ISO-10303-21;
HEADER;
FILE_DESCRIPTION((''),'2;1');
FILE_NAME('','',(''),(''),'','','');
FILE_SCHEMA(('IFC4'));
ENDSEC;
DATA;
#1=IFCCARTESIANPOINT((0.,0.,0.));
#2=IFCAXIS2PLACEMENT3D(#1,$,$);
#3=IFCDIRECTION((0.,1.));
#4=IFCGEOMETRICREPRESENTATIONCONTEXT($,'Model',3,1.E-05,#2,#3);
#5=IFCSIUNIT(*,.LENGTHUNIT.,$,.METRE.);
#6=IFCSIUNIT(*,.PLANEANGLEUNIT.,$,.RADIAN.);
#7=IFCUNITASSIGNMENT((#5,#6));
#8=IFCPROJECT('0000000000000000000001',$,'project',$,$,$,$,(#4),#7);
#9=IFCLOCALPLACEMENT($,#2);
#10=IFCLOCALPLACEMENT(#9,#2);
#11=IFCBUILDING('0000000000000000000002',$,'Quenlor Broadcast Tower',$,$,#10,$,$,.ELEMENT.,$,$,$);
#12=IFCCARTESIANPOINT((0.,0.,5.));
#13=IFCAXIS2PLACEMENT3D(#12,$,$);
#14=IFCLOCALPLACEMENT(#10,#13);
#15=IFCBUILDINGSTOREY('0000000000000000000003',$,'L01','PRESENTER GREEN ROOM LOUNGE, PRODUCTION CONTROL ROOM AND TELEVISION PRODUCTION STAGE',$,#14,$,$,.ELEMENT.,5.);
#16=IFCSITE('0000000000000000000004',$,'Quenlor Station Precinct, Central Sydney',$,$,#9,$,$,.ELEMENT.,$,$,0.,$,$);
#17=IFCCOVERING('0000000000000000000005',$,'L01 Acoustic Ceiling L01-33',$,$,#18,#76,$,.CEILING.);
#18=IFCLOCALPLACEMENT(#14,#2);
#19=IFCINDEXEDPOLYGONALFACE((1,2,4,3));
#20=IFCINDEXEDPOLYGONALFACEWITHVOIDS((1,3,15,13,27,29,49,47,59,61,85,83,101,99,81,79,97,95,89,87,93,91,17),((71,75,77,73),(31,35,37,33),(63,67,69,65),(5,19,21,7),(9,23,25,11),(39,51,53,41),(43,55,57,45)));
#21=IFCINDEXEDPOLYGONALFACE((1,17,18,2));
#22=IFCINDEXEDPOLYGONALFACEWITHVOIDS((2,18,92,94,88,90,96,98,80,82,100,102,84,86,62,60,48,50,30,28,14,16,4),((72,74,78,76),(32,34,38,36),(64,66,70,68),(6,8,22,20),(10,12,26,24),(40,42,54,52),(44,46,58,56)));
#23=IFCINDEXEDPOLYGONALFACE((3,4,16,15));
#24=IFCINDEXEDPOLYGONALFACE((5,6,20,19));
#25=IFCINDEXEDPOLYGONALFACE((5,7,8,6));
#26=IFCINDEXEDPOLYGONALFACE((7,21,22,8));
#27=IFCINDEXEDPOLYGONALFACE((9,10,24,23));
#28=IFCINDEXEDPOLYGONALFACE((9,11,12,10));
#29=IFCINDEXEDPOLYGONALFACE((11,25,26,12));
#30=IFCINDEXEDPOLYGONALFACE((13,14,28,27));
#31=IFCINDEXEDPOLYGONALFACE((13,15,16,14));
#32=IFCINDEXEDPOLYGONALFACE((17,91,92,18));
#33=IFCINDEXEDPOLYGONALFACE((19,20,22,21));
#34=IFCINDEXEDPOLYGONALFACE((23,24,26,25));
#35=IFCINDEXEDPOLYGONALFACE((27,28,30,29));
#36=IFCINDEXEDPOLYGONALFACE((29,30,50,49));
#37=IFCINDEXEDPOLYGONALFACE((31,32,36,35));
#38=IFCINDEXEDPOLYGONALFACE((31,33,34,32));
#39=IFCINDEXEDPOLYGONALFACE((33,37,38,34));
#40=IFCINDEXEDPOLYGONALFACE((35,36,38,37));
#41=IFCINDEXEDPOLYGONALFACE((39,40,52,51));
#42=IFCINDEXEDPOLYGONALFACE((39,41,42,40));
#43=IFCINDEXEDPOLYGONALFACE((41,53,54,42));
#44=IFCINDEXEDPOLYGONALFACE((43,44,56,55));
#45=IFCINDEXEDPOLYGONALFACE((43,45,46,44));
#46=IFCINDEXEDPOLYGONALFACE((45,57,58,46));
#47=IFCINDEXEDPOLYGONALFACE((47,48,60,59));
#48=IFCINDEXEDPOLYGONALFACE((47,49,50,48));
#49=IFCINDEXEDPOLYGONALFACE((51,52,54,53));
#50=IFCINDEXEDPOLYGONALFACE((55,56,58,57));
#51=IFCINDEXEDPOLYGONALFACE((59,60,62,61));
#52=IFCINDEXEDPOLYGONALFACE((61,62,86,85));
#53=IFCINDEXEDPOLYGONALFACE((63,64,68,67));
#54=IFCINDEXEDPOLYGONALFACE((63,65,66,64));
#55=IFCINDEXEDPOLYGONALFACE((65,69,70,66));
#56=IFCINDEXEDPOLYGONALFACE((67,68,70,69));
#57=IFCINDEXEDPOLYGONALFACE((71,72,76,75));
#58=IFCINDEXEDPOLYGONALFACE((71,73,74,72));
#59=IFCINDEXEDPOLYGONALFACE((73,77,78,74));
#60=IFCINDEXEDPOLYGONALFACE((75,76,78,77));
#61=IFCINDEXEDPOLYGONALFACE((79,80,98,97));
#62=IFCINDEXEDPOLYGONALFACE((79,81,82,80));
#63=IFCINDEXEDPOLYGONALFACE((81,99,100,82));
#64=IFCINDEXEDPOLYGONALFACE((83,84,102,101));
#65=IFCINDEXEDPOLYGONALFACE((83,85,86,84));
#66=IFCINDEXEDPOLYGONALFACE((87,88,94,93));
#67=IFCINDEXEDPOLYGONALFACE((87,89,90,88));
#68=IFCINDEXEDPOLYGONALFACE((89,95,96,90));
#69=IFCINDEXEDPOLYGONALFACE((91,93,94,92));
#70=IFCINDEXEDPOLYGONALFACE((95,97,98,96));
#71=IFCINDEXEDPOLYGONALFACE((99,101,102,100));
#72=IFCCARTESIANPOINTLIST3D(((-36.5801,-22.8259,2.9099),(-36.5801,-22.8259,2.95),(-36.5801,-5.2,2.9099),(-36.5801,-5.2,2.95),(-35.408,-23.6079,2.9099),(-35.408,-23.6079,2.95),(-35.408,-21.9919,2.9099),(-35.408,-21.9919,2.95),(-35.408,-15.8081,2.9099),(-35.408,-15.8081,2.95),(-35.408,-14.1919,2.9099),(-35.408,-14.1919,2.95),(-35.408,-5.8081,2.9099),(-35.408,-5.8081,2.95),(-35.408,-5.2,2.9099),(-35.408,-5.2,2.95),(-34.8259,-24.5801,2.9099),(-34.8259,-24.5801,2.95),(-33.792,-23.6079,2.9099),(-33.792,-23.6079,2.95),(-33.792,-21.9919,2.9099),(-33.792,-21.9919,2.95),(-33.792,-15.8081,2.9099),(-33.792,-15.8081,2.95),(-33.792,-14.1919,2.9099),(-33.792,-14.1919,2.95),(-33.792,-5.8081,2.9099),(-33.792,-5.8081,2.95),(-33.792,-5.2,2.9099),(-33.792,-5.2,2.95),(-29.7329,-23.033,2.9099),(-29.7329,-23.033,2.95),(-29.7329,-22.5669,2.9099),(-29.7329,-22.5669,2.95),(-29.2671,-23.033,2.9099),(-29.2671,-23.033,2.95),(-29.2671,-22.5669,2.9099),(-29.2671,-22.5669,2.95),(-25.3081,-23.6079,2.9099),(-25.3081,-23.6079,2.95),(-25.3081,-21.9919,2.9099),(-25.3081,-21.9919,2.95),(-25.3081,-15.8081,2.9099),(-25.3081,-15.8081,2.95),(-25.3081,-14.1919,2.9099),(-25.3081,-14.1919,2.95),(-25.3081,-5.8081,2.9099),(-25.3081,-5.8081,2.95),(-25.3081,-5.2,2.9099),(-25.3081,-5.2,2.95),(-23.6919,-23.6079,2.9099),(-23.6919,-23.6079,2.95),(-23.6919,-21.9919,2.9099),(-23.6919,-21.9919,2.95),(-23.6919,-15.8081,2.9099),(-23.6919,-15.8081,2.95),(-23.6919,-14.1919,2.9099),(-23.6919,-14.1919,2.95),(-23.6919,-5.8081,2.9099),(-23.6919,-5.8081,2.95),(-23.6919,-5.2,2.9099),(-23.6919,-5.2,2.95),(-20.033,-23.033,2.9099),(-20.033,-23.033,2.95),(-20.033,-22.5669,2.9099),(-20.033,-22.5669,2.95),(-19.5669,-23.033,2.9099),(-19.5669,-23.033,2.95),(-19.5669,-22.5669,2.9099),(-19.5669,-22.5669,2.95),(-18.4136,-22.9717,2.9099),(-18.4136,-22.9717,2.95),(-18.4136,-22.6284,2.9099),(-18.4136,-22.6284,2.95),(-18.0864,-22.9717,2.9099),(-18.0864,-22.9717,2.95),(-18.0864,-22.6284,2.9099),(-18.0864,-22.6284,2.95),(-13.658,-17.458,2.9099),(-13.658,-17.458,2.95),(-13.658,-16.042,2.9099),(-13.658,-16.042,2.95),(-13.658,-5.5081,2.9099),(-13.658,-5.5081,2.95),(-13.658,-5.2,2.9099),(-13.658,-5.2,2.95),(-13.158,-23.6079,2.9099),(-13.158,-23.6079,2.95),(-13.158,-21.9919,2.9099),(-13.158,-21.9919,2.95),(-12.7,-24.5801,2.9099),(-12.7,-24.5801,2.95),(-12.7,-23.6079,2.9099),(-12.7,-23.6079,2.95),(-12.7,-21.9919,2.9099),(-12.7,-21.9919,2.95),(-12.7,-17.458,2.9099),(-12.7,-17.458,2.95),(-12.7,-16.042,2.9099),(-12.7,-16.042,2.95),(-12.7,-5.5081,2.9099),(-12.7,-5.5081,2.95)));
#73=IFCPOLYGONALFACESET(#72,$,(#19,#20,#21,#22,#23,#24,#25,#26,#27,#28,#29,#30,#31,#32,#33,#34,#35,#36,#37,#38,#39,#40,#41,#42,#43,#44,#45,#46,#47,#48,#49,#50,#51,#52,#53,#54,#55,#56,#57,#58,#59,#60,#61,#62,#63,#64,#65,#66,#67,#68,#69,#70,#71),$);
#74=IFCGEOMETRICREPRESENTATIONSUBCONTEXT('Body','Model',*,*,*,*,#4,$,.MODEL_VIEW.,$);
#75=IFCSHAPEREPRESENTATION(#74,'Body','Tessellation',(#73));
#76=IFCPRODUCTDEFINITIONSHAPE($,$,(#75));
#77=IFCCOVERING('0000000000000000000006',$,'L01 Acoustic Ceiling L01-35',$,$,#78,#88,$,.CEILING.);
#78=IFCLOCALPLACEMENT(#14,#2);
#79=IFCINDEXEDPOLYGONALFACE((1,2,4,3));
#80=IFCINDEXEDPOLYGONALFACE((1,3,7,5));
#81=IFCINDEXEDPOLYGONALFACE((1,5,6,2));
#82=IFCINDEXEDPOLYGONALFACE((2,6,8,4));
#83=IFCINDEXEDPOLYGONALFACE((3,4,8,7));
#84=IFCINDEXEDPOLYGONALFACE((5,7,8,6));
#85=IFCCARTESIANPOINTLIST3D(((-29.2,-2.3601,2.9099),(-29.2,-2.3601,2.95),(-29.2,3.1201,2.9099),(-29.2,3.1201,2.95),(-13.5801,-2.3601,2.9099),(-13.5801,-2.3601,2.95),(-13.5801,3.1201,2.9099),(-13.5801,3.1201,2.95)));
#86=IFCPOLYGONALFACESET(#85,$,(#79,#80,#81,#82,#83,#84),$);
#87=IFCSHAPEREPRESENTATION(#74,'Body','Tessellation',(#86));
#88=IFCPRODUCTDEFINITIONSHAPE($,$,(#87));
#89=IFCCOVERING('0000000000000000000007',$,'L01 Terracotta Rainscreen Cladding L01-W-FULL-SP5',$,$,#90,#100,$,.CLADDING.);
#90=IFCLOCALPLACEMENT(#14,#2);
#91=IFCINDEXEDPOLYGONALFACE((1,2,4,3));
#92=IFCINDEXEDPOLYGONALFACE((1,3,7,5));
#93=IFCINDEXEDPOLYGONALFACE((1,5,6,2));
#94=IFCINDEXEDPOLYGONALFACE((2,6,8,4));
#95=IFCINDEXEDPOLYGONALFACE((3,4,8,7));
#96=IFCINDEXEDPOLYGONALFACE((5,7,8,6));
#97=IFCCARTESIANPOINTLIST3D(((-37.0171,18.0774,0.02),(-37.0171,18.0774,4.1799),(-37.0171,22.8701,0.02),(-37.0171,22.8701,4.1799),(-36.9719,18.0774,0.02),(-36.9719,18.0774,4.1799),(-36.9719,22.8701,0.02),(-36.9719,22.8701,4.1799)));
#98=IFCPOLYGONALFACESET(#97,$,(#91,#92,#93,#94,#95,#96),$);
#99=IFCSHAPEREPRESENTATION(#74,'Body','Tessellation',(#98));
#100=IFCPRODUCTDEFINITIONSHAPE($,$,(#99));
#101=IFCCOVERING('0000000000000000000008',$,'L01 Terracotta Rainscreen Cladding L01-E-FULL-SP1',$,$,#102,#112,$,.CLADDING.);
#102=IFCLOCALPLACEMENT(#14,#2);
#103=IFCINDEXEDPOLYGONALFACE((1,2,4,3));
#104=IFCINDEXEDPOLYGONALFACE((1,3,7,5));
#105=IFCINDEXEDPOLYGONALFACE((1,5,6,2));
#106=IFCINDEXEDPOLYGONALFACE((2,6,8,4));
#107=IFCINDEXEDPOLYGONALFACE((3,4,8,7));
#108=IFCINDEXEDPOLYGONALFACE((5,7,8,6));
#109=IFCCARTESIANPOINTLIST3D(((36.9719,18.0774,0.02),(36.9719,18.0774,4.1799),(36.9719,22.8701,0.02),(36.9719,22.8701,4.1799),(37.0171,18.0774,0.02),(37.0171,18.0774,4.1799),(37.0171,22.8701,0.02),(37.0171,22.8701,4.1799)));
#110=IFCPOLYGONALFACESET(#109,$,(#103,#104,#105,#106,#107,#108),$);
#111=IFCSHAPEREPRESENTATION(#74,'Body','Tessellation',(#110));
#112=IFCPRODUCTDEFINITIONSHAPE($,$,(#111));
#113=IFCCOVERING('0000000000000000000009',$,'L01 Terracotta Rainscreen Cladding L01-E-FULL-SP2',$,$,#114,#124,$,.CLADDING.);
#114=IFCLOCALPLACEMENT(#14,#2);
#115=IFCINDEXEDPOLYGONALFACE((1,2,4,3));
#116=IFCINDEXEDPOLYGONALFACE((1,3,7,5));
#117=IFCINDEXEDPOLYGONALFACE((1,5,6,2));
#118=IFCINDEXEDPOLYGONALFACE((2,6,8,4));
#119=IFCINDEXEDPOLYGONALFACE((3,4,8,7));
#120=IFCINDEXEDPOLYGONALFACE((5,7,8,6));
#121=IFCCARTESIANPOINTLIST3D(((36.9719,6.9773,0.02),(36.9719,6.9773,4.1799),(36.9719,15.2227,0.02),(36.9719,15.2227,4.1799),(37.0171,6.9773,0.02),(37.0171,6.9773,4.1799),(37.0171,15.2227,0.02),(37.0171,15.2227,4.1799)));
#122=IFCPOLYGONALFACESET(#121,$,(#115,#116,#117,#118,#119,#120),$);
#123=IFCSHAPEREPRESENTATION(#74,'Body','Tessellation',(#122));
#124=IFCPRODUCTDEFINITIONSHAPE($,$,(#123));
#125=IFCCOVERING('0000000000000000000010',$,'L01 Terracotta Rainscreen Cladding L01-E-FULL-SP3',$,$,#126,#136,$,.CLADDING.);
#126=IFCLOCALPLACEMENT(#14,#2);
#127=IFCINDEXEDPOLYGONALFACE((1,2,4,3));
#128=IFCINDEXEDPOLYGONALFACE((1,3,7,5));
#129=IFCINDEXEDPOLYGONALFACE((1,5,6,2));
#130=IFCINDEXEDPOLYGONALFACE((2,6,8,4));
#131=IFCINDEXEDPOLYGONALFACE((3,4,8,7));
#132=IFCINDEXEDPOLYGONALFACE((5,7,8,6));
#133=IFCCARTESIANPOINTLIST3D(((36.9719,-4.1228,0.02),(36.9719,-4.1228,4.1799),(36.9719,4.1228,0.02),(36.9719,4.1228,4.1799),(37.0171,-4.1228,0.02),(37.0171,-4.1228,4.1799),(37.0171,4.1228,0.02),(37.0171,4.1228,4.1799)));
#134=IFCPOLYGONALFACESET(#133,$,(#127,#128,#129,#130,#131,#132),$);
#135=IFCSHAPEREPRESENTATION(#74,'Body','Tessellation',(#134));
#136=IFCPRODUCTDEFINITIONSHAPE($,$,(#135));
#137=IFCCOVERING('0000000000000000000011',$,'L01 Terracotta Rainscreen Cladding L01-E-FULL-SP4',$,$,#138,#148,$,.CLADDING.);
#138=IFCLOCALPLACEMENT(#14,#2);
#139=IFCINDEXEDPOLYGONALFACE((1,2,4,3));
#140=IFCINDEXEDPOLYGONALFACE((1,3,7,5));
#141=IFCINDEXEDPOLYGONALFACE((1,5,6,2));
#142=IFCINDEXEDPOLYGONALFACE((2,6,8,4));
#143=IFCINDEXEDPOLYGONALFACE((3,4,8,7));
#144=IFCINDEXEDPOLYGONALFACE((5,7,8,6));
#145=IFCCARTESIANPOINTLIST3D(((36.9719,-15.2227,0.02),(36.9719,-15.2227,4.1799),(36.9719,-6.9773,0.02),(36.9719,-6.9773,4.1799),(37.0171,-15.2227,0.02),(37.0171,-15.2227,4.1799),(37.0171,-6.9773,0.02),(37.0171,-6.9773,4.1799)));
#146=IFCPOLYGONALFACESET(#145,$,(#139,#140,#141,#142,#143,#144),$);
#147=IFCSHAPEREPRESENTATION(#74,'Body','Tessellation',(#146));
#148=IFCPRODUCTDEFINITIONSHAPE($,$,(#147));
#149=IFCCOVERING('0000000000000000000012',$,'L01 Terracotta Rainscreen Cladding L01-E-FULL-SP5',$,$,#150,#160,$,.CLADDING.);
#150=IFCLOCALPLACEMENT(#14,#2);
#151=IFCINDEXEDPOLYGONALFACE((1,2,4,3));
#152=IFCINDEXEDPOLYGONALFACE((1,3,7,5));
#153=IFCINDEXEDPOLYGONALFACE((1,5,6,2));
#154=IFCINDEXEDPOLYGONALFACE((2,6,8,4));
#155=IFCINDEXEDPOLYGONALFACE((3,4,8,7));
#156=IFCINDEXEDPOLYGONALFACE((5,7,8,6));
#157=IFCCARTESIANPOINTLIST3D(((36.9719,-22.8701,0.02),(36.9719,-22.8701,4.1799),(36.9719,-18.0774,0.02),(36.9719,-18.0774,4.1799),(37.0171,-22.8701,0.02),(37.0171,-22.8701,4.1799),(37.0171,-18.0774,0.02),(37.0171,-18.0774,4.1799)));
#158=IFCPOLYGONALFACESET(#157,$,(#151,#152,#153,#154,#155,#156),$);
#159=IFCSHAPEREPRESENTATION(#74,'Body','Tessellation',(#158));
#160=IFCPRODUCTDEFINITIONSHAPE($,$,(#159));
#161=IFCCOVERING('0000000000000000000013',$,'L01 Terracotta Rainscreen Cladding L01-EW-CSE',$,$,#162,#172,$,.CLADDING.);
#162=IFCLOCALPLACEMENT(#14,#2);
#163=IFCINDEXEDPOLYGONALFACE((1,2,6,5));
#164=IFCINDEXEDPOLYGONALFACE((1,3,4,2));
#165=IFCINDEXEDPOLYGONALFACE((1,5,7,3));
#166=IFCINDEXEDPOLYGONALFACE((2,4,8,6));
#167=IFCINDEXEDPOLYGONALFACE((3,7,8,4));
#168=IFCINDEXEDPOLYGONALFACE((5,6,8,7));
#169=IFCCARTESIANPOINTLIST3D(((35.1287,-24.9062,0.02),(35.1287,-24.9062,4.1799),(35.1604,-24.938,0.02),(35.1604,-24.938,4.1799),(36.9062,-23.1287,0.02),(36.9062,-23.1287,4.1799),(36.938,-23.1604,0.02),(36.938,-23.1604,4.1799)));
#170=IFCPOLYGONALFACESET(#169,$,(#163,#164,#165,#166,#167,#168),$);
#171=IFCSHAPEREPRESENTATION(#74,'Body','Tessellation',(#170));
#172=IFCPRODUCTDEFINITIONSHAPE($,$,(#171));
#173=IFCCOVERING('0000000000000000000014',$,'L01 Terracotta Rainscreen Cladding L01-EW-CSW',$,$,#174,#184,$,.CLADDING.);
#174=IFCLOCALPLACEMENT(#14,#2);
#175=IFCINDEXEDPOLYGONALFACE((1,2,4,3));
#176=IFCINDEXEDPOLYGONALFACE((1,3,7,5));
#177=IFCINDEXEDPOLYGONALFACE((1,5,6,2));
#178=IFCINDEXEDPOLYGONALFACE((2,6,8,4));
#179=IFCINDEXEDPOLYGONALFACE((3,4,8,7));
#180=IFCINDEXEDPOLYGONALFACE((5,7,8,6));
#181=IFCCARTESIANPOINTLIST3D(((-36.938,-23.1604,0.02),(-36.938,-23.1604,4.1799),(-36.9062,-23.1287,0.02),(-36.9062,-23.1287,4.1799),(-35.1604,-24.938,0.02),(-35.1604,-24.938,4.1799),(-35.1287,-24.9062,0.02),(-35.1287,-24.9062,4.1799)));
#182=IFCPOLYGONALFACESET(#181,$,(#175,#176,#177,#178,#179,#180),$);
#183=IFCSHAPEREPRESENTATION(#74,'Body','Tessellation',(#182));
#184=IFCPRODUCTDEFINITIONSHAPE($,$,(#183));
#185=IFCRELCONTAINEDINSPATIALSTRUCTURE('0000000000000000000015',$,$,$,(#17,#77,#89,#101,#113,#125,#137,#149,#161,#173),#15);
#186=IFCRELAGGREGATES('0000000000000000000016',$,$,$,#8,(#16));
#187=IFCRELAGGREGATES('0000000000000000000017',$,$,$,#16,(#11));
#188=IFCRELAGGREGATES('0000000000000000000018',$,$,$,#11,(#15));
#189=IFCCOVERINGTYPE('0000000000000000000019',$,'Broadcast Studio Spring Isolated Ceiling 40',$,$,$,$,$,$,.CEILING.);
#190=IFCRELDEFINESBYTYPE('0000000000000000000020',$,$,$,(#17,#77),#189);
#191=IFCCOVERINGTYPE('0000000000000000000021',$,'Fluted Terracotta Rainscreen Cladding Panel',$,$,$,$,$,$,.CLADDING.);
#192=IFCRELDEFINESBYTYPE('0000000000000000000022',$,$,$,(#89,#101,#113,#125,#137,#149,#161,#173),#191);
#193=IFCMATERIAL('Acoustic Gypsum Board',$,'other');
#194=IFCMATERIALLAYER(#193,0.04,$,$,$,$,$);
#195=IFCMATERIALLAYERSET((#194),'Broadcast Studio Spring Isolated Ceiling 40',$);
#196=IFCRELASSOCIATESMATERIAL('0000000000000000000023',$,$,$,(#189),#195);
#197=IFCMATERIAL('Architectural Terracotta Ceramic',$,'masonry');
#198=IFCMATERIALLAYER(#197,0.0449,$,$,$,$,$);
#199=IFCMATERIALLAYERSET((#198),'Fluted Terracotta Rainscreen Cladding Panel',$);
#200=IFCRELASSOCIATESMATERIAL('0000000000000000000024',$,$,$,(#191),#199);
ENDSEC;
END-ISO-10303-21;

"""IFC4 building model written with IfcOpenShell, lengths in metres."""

from ifc_helpers import new_model, si_unit, direction, frame, origin, place, context, subcontext, project, spatial, polyline, outline, extrude, material, layer, layer_set, type_object, element, save


model = new_model("IFC4")

# Units and contexts
model_context = context("Model", 3, precision=1e-05, world=origin(), true_north=direction((0.0, 1.0)))
body_context = subcontext(model_context, "Body", "Model", "MODEL_VIEW")
ifc_project = project(units=[si_unit("LENGTHUNIT", "METRE"), si_unit("PLANEANGLEUNIT", "RADIAN")], contexts=[model_context])

# Site, building, storey
site_placement = place(None, origin())
site = spatial("IfcSite", under=ifc_project, at=site_placement, Name="Quenlor Station Precinct, Central Sydney", CompositionType="ELEMENT", RefElevation=0.0)
building_placement = place(site_placement, origin())
building = spatial("IfcBuilding", under=site, at=building_placement, Name="Quenlor Broadcast Tower", CompositionType="ELEMENT")
storey_placement = place(building_placement, frame((0.0, 0.0, 5.0)))
storey = spatial("IfcBuildingStorey", under=building, at=storey_placement, Name="L01", Description="PRESENTER GREEN ROOM LOUNGE, PRODUCTION CONTROL ROOM AND TELEVISION PRODUCTION STAGE", CompositionType="ELEMENT", Elevation=5.0)

# Coverings
ifc_material_1 = material(Name="Acoustic Gypsum Board", Category="other")
ifc_layer_1 = layer(ifc_material_1, 0.04)
ifc_layer_set_1 = layer_set([ifc_layer_1], Name="Broadcast Studio Spring Isolated Ceiling 40")
covering_type_1 = type_object("IfcCoveringType", Name="Broadcast Studio Spring Isolated Ceiling 40", PredefinedType="CEILING", material=ifc_layer_set_1)
covering_1_placement = place(storey_placement, frame((0.0, 0.0, 2.9099)))
element("IfcCovering", 1, at=covering_1_placement, inside=storey, type_object=covering_type_1, Name="L01 Acoustic Ceiling L01-33", PredefinedType="CEILING", context=body_context, shape_type="SweptSolid", body=[
    extrude(outline(polyline([(-36.5801, -5.2), (-35.408, -5.2), (-35.408, -5.8081), (-33.792, -5.8081), (-33.792, -5.2), (-25.3081, -5.2), (-25.3081, -5.8081), (-23.6919, -5.8081), (-23.6919, -5.2), (-13.658, -5.2), (-13.658, -5.5081), (-12.7, -5.5081), (-12.7, -16.042), (-13.658, -16.042), (-13.658, -17.458), (-12.7, -17.458), (-12.7, -21.9919), (-13.158, -21.9919), (-13.158, -23.6079), (-12.7, -23.6079), (-12.7, -24.5801), (-34.8259, -24.5801), (-36.5801, -22.8259), (-36.5801, -5.2)]), holes=[polyline([(-18.0864, -22.6284), (-18.4136, -22.6284), (-18.4136, -22.9717), (-18.0864, -22.9717), (-18.0864, -22.6284)]), polyline([(-33.792, -23.6079), (-33.792, -21.9919), (-35.408, -21.9919), (-35.408, -23.6079), (-33.792, -23.6079)]), polyline([(-19.5669, -23.033), (-19.5669, -22.5669), (-20.033, -22.5669), (-20.033, -23.033), (-19.5669, -23.033)]), polyline([(-29.2671, -23.033), (-29.2671, -22.5669), (-29.7329, -22.5669), (-29.7329, -23.033), (-29.2671, -23.033)]), polyline([(-23.6919, -23.6079), (-23.6919, -21.9919), (-25.3081, -21.9919), (-25.3081, -23.6079), (-23.6919, -23.6079)]), polyline([(-33.792, -15.8081), (-33.792, -14.1919), (-35.408, -14.1919), (-35.408, -15.8081), (-33.792, -15.8081)]), polyline([(-23.6919, -14.1919), (-25.3081, -14.1919), (-25.3081, -15.8081), (-23.6919, -15.8081), (-23.6919, -14.1919)])]), origin(), (0.0, 0.0, 1.0), 0.04),
])
covering_2_placement = place(storey_placement, frame((0.0, 0.0, 2.9099)))
element("IfcCovering", 2, at=covering_2_placement, inside=storey, type_object=covering_type_1, Name="L01 Acoustic Ceiling L01-35", PredefinedType="CEILING", context=body_context, shape_type="SweptSolid", body=[
    extrude(outline(polyline([(-13.5801, -2.3601), (-29.2, -2.3601), (-29.2, 3.1201), (-13.5801, 3.1201), (-13.5801, -2.3601)])), origin(), (0.0, 0.0, 1.0), 0.04),
])
ifc_material_2 = material(Name="Architectural Terracotta Ceramic", Category="masonry")
ifc_layer_2 = layer(ifc_material_2, 0.0449)
ifc_layer_set_2 = layer_set([ifc_layer_2], Name="Fluted Terracotta Rainscreen Cladding Panel")
covering_type_2 = type_object("IfcCoveringType", Name="Fluted Terracotta Rainscreen Cladding Panel", PredefinedType="CLADDING", material=ifc_layer_set_2)
covering_3_placement = place(storey_placement, frame((0.0, 0.0, 0.02)))
element("IfcCovering", 3, at=covering_3_placement, inside=storey, type_object=covering_type_2, Name="L01 Terracotta Rainscreen Cladding L01-W-FULL-SP5", PredefinedType="CLADDING", context=body_context, shape_type="SweptSolid", body=[
    extrude(outline(polyline([(-36.9719, 18.0774), (-36.9719, 22.8701), (-37.0171, 22.8701), (-37.0171, 18.0774), (-36.9719, 18.0774)])), origin(), (0.0, 0.0, 1.0), 4.1599),
])
covering_4_placement = place(storey_placement, frame((0.0, 0.0, 0.02)))
element("IfcCovering", 4, at=covering_4_placement, inside=storey, type_object=covering_type_2, Name="L01 Terracotta Rainscreen Cladding L01-E-FULL-SP1", PredefinedType="CLADDING", context=body_context, shape_type="SweptSolid", body=[
    extrude(outline(polyline([(36.9719, 22.8701), (36.9719, 18.0774), (37.0171, 18.0774), (37.0171, 22.8701), (36.9719, 22.8701)])), origin(), (0.0, 0.0, 1.0), 4.1599),
])
covering_5_placement = place(storey_placement, frame((0.0, 0.0, 0.02)))
element("IfcCovering", 5, at=covering_5_placement, inside=storey, type_object=covering_type_2, Name="L01 Terracotta Rainscreen Cladding L01-E-FULL-SP2", PredefinedType="CLADDING", context=body_context, shape_type="SweptSolid", body=[
    extrude(outline(polyline([(36.9719, 15.2227), (36.9719, 6.9773), (37.0171, 6.9773), (37.0171, 15.2227), (36.9719, 15.2227)])), origin(), (0.0, 0.0, 1.0), 4.1599),
])
covering_6_placement = place(storey_placement, frame((0.0, 0.0, 0.02)))
element("IfcCovering", 6, at=covering_6_placement, inside=storey, type_object=covering_type_2, Name="L01 Terracotta Rainscreen Cladding L01-E-FULL-SP3", PredefinedType="CLADDING", context=body_context, shape_type="SweptSolid", body=[
    extrude(outline(polyline([(36.9719, 4.1228), (36.9719, -4.1228), (37.0171, -4.1228), (37.0171, 4.1228), (36.9719, 4.1228)])), origin(), (0.0, 0.0, 1.0), 4.1599),
])
covering_7_placement = place(storey_placement, frame((0.0, 0.0, 0.02)))
element("IfcCovering", 7, at=covering_7_placement, inside=storey, type_object=covering_type_2, Name="L01 Terracotta Rainscreen Cladding L01-E-FULL-SP4", PredefinedType="CLADDING", context=body_context, shape_type="SweptSolid", body=[
    extrude(outline(polyline([(36.9719, -6.9773), (36.9719, -15.2227), (37.0171, -15.2227), (37.0171, -6.9773), (36.9719, -6.9773)])), origin(), (0.0, 0.0, 1.0), 4.1599),
])
covering_8_placement = place(storey_placement, frame((0.0, 0.0, 0.02)))
element("IfcCovering", 8, at=covering_8_placement, inside=storey, type_object=covering_type_2, Name="L01 Terracotta Rainscreen Cladding L01-E-FULL-SP5", PredefinedType="CLADDING", context=body_context, shape_type="SweptSolid", body=[
    extrude(outline(polyline([(36.9719, -18.0774), (36.9719, -22.8701), (37.0171, -22.8701), (37.0171, -18.0774), (36.9719, -18.0774)])), origin(), (0.0, 0.0, 1.0), 4.1599),
])
covering_9_placement = place(storey_placement, frame((0.0, 0.0, 0.02)))
element("IfcCovering", 9, at=covering_9_placement, inside=storey, type_object=covering_type_2, Name="L01 Terracotta Rainscreen Cladding L01-EW-CSE", PredefinedType="CLADDING", context=body_context, shape_type="SweptSolid", body=[
    extrude(outline(polyline([(36.9062, -23.1287), (35.1287, -24.9062), (35.1604, -24.938), (36.938, -23.1604), (36.9062, -23.1287)])), origin(), (0.0, 0.0, 1.0), 4.1599),
])
covering_10_placement = place(storey_placement, frame((0.0, 0.0, 0.02)))
element("IfcCovering", 10, at=covering_10_placement, inside=storey, type_object=covering_type_2, Name="L01 Terracotta Rainscreen Cladding L01-EW-CSW", PredefinedType="CLADDING", context=body_context, shape_type="SweptSolid", body=[
    extrude(outline(polyline([(-35.1287, -24.9062), (-36.9062, -23.1287), (-36.938, -23.1604), (-35.1604, -24.938), (-35.1287, -24.9062)])), origin(), (0.0, 0.0, 1.0), 4.1599),
])

save(model, "model.ifc")
